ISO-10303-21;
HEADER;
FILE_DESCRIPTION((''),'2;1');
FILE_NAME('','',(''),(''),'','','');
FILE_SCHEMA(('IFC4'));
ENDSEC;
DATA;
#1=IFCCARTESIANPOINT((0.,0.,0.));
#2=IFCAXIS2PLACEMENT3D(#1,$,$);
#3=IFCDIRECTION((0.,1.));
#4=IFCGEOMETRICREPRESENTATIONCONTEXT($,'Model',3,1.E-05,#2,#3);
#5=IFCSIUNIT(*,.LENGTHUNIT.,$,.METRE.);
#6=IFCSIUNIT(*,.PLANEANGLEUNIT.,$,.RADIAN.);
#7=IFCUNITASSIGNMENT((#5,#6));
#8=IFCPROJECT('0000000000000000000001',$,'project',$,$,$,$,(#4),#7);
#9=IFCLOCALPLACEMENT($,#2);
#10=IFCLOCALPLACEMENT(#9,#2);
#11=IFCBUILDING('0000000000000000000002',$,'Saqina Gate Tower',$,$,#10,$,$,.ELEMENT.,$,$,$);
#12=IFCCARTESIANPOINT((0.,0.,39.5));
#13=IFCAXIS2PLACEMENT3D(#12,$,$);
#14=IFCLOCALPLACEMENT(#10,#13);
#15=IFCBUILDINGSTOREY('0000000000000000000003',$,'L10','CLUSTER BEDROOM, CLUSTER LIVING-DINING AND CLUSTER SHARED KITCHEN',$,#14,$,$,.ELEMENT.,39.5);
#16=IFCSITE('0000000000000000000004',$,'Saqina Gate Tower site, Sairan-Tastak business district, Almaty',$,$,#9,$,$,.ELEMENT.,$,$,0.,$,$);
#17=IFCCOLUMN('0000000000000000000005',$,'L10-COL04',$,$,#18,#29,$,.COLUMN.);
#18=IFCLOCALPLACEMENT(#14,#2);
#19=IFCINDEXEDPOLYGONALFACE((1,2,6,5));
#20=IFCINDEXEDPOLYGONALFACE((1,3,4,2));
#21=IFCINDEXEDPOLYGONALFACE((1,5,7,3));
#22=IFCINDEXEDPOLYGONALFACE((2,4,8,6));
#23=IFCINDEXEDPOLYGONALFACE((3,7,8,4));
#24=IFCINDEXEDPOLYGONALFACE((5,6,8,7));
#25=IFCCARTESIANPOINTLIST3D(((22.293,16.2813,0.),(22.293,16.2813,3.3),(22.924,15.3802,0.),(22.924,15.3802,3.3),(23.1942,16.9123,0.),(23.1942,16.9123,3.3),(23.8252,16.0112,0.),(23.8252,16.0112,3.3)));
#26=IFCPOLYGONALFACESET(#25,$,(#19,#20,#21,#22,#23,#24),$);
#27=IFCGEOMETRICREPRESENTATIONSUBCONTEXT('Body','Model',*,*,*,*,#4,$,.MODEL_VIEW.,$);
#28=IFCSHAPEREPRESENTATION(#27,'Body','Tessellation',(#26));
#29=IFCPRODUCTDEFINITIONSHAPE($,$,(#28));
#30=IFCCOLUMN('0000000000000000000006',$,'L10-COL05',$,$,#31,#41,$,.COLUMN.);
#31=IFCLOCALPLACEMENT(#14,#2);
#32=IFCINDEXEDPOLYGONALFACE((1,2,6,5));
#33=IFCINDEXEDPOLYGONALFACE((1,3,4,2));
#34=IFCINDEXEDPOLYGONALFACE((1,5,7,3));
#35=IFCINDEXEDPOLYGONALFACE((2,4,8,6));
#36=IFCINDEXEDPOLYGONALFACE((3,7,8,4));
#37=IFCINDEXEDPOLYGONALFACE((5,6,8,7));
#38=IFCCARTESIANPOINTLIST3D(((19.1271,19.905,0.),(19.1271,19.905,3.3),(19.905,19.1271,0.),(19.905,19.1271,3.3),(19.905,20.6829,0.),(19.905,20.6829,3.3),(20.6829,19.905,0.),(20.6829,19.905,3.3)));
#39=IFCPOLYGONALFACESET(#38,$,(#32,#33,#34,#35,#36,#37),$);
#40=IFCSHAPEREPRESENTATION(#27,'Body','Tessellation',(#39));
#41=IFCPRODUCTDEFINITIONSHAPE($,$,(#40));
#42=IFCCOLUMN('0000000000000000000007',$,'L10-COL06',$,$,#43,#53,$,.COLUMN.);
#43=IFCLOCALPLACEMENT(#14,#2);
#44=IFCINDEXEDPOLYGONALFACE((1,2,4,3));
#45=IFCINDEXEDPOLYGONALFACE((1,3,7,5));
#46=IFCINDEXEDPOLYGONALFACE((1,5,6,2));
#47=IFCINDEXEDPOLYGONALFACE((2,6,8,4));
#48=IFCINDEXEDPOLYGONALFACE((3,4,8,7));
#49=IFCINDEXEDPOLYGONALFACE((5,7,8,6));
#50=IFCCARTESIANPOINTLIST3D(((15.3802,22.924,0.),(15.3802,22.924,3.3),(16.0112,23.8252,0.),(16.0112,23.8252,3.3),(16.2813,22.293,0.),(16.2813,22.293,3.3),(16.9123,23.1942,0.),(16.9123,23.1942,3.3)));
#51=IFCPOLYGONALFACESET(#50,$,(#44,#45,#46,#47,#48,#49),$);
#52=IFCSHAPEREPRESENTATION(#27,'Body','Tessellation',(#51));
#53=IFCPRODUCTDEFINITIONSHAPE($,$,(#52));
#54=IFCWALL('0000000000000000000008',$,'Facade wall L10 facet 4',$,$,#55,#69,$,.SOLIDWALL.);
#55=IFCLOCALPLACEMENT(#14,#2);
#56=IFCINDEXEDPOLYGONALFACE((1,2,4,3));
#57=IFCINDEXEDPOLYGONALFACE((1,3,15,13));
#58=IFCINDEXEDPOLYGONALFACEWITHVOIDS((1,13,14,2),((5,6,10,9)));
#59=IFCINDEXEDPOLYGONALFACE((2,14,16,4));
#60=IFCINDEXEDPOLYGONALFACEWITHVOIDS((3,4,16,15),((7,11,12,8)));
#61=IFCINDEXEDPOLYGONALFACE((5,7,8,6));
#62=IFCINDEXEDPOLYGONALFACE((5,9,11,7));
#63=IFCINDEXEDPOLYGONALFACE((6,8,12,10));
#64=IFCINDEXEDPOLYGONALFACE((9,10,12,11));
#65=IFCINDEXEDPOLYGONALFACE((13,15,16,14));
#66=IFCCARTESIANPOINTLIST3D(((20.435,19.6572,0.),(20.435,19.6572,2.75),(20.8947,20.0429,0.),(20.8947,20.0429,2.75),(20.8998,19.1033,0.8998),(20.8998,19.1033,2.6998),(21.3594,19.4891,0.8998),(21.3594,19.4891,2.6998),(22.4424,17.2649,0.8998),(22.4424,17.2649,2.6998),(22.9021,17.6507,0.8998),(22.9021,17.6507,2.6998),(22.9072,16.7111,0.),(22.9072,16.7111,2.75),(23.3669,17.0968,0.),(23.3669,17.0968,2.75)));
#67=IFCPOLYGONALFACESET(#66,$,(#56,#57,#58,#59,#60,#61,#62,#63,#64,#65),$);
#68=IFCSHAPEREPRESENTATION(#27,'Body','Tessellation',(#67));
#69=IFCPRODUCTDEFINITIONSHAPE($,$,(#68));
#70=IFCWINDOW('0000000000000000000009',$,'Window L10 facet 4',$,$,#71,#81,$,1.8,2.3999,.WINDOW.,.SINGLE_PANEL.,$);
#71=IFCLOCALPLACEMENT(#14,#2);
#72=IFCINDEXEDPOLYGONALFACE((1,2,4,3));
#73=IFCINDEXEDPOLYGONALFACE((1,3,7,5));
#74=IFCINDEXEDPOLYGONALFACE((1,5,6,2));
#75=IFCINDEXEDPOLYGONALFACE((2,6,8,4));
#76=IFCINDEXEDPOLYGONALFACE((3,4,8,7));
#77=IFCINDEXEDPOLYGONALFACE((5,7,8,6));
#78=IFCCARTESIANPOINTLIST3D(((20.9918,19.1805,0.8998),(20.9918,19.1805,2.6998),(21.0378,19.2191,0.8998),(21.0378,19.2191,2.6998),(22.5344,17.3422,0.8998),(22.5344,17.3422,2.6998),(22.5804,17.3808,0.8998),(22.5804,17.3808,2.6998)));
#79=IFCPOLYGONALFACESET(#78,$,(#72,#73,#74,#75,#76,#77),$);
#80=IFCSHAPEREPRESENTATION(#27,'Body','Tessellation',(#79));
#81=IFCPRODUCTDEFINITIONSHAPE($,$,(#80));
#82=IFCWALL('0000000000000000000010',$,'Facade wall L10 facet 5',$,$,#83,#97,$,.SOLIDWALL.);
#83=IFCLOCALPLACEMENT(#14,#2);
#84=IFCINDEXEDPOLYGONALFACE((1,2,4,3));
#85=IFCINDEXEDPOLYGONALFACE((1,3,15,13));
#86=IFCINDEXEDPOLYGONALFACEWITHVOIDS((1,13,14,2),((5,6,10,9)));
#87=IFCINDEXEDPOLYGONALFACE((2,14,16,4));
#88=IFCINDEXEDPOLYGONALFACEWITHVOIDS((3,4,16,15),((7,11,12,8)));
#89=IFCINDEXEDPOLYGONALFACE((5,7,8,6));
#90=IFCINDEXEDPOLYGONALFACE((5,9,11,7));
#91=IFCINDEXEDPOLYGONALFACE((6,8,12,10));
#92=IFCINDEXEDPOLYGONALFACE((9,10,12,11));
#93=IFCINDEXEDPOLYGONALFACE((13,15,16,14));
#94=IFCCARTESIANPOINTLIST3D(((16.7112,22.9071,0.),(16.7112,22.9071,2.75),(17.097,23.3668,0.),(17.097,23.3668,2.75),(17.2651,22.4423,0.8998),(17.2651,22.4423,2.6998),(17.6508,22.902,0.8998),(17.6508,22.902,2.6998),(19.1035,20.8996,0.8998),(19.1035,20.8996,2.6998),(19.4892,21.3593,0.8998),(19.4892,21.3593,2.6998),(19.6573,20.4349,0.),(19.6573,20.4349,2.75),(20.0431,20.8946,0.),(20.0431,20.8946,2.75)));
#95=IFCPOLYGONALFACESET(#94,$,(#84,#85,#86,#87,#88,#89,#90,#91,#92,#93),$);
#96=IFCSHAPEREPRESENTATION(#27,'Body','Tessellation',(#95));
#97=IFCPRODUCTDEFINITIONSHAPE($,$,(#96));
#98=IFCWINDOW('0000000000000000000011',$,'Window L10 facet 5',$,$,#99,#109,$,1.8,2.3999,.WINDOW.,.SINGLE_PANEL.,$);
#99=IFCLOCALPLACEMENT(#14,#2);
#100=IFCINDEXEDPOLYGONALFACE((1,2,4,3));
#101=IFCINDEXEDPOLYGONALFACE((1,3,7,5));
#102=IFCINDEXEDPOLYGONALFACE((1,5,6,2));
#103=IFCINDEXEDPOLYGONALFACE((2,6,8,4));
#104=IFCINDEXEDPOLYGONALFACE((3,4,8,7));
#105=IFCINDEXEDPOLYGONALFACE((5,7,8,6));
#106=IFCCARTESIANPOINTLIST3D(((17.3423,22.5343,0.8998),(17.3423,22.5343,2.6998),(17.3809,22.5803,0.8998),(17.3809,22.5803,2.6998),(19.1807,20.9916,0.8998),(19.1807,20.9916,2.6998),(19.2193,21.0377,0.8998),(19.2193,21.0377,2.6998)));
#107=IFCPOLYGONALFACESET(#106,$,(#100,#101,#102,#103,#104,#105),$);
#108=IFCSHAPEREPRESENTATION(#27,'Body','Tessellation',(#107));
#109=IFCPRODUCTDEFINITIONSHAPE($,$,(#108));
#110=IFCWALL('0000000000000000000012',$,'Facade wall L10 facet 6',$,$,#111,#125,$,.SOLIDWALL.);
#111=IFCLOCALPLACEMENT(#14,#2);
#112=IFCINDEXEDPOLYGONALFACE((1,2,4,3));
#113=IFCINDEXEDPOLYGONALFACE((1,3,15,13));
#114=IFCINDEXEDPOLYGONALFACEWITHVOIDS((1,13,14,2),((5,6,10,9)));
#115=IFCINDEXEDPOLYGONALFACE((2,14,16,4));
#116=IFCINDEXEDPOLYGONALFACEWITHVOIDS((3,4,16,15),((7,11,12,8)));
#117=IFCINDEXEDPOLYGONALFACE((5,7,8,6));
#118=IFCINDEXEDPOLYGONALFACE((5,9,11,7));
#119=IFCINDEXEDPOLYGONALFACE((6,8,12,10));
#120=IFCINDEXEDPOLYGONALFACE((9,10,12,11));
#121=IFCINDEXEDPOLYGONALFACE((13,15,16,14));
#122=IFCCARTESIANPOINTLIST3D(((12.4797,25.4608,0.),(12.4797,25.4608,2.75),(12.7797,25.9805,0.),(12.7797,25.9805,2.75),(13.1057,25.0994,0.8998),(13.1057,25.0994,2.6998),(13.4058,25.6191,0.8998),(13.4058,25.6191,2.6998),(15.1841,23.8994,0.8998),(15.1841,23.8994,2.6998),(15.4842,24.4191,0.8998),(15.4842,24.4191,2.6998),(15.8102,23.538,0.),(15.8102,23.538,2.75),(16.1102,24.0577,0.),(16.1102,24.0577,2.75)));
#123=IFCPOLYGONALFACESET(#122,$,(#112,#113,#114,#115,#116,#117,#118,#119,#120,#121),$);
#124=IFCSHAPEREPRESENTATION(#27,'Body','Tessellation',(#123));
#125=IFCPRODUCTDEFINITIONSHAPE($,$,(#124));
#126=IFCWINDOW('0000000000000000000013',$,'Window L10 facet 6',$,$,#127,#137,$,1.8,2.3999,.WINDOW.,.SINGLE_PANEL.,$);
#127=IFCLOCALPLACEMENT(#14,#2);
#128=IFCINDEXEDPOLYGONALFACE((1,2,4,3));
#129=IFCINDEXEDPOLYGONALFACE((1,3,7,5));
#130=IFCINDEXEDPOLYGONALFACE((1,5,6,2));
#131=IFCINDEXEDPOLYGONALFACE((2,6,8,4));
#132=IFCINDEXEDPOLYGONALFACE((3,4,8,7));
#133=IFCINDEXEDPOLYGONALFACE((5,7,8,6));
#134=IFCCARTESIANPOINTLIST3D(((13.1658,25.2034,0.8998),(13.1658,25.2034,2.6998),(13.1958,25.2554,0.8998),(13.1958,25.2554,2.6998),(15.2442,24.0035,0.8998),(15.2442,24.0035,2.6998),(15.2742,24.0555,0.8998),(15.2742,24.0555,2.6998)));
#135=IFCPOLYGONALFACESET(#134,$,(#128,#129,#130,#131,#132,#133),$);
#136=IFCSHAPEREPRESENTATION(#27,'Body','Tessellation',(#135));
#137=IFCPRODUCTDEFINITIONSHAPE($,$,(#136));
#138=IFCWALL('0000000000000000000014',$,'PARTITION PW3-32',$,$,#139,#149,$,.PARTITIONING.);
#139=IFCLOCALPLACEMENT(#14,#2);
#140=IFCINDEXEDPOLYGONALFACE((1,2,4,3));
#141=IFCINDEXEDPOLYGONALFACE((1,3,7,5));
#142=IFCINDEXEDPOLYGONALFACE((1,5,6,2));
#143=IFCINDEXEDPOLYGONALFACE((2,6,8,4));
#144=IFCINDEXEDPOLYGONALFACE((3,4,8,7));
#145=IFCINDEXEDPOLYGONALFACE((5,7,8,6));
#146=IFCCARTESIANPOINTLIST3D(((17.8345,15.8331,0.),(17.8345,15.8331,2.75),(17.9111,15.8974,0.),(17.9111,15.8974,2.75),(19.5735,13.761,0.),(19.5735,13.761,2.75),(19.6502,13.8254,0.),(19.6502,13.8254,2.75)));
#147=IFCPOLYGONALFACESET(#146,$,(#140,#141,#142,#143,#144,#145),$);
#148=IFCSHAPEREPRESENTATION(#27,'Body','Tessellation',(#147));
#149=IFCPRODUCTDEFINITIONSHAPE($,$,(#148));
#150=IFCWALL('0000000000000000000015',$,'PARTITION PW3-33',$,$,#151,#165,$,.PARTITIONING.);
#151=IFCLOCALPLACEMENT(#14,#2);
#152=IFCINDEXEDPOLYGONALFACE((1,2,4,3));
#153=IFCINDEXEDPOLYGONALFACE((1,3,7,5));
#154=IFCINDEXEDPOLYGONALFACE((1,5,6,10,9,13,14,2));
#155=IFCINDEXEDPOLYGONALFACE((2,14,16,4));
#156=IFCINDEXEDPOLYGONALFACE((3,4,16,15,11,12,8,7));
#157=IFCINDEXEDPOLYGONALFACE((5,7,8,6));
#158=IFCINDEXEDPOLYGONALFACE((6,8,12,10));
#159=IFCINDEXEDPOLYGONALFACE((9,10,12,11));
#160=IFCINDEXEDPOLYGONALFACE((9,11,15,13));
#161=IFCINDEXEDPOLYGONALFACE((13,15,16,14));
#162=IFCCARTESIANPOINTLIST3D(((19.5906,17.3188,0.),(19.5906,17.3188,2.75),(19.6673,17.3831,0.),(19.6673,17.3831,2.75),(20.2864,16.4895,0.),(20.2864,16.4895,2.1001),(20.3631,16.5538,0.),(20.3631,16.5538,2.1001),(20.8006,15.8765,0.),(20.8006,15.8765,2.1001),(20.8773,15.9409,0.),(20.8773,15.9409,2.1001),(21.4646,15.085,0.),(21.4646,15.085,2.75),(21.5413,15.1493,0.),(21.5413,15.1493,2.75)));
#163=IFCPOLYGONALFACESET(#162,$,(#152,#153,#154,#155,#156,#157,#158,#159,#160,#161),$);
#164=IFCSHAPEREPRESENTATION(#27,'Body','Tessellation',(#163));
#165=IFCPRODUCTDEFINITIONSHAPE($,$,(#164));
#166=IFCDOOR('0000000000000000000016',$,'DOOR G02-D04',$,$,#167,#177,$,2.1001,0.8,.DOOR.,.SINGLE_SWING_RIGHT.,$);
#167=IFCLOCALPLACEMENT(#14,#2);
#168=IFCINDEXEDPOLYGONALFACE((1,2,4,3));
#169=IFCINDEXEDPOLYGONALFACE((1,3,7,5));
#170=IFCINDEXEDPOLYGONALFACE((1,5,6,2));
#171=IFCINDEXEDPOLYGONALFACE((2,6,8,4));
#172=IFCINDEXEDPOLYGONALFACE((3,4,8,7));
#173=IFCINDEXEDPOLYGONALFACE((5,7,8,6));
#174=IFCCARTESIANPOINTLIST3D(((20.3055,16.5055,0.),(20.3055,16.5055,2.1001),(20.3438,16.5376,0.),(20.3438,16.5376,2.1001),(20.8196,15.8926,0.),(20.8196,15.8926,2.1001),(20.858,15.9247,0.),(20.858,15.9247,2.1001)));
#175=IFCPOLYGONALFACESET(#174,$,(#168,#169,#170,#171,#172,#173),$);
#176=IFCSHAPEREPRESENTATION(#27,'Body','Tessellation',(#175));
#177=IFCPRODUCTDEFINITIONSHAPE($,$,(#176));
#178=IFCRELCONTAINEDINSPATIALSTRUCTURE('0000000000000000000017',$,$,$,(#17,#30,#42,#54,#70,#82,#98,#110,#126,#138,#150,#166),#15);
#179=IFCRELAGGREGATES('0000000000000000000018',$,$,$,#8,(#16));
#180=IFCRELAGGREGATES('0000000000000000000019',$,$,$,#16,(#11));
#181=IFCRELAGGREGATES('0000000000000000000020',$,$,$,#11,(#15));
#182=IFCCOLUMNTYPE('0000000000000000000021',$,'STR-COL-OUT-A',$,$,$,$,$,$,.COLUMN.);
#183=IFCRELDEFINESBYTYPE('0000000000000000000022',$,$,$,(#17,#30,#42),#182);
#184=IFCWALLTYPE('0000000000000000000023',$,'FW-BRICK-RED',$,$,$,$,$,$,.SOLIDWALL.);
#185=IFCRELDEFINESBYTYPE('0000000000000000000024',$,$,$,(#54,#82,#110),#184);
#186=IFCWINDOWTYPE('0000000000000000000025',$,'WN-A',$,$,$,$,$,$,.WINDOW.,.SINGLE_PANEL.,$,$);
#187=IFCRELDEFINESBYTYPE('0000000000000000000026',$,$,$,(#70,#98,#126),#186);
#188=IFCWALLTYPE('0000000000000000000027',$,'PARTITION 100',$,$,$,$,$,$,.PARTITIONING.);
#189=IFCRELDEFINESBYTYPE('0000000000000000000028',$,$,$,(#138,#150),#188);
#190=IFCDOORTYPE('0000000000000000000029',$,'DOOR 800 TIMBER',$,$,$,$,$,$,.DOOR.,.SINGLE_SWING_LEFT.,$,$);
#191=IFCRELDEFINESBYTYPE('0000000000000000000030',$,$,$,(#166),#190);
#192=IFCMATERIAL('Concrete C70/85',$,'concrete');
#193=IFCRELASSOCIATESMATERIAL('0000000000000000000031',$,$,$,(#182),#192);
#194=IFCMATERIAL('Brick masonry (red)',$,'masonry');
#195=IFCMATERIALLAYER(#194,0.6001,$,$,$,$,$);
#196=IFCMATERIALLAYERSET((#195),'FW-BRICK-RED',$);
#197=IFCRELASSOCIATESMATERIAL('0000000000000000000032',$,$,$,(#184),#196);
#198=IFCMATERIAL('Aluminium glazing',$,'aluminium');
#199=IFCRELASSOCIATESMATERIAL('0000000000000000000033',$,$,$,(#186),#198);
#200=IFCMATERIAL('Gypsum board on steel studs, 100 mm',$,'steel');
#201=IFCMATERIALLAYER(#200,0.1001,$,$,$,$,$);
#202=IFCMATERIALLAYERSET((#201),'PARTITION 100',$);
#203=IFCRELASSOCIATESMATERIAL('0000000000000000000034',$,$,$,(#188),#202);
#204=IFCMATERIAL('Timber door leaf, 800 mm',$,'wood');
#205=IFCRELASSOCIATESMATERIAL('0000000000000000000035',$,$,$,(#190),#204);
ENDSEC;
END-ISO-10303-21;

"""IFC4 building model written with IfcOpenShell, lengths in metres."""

from ifc_helpers import new_model, si_unit, direction, frame, frame_2d, origin, origin_2d, place, context, subcontext, project, spatial, rectangle, extrude, material, layer, layer_set, material_profile, profile_set, type_object, element, fill, save


model = new_model("IFC4")

# Units and contexts
model_context = context("Model", 3, precision=1e-05, world=origin(), true_north=direction((0.0, 1.0)))
body_context = subcontext(model_context, "Body", "Model", "MODEL_VIEW")
ifc_project = project(units=[si_unit("LENGTHUNIT", "METRE"), si_unit("PLANEANGLEUNIT", "RADIAN")], contexts=[model_context])

# Site, building, storey
site_placement = place(None, origin())
site = spatial("IfcSite", under=ifc_project, at=site_placement, Name="Saqina Gate Tower site, Sairan-Tastak business district, Almaty", CompositionType="ELEMENT", RefElevation=0.0)
building_placement = place(site_placement, origin())
building = spatial("IfcBuilding", under=site, at=building_placement, Name="Saqina Gate Tower", CompositionType="ELEMENT")
storey_placement = place(building_placement, frame((0.0, 0.0, 39.5)))
storey = spatial("IfcBuildingStorey", under=building, at=storey_placement, Name="L10", Description="CLUSTER BEDROOM, CLUSTER LIVING-DINING AND CLUSTER SHARED KITCHEN", CompositionType="ELEMENT", Elevation=39.5)

# Columns
ifc_material_1 = material(Name="Concrete C70/85", Category="concrete")
ifc_material_profile = material_profile(ifc_material_1, rectangle(XDim=1.1001, YDim=1.1001, at=origin_2d()), Name="RC 1100x1100")
ifc_profile_set = profile_set([ifc_material_profile], Name="Concrete C70/85")
column_type = type_object("IfcColumnType", Name="STR-COL-OUT-A", PredefinedType="COLUMN", material=ifc_profile_set)
for number, where, z_axis, x_axis, name in (
    (1, (23.0591, 16.1462, 0.0), (0.0, 0.0, 1.0), (0.819152, 0.573576, 0.0), "L10-COL04"),
    (2, (19.905, 19.905, 0.0), (0.0, 0.0, 1.0), (0.707107, 0.707107, 0.0), "L10-COL05"),
    (3, (16.1462, 23.0591, 0.0), (0.0, 0.0, 1.0), (0.573576, 0.819152, 0.0), "L10-COL06"),
):
    element("IfcColumn", number, at=place(storey_placement, frame(where, z_axis=z_axis, x_axis=x_axis)), inside=storey, type_object=column_type, Name=name, PredefinedType="COLUMN", context=body_context, shape_type="SweptSolid", body=[
        extrude(rectangle(XDim=1.1001, YDim=1.1001, at=origin_2d()), origin(), (0.0, 0.0, 1.0), 3.3),
    ])

# Walls, openings, windows
ifc_material_2 = material(Name="Brick masonry (red)", Category="masonry")
ifc_layer_1 = layer(ifc_material_2, 0.6001)
ifc_layer_set_1 = layer_set([ifc_layer_1], Name="FW-BRICK-RED")
wall_type_1 = type_object("IfcWallType", Name="FW-BRICK-RED", PredefinedType="SOLIDWALL", material=ifc_layer_set_1)
wall_1_placement = place(storey_placement, frame((23.137, 16.9041, 0.0), z_axis=(0.0, 0.0, 1.0), x_axis=(-0.642809, 0.766026, 0.0)))
wall_1 = element("IfcWall", 4, at=wall_1_placement, inside=storey, type_object=wall_type_1, Name="Facade wall L10 facet 4", PredefinedType="SOLIDWALL", context=body_context, shape_type="SweptSolid", body=[
    extrude(rectangle(XDim=3.8459, YDim=0.6001, at=frame_2d((1.9229, 0.0))), origin(), (0.0, 0.0, 1.0), 2.75),
])
opening_1_placement = place(wall_1_placement, frame((0.7229, 0.0, 0.8999)))
opening_1 = element("IfcOpeningElement", 5, at=opening_1_placement, cuts=wall_1, PredefinedType="OPENING", context=body_context, shape_type="SweptSolid", body=[
    extrude(rectangle(XDim=2.3999, YDim=1.8, at=frame_2d((1.2, 0.8999))), frame((0.0, 0.312, 0.0), z_axis=(0.0, -1.0, 0.0), x_axis=(1.0, 0.0, 0.0)), (0.0, 0.0, 1.0), 0.624),
])
ifc_material_3 = material(Name="Aluminium glazing", Category="aluminium")
window_type = type_object("IfcWindowType", Name="WN-A", PartitioningType="SINGLE_PANEL", PredefinedType="WINDOW", material=ifc_material_3)
window_1_placement = place(opening_1_placement, origin())
window_1 = element("IfcWindow", 6, at=window_1_placement, inside=storey, type_object=window_type, Name="Window L10 facet 4", OverallHeight=1.8, OverallWidth=2.3999, PartitioningType="SINGLE_PANEL", PredefinedType="WINDOW", context=body_context, shape_type="SweptSolid", body=[
    extrude(rectangle(XDim=2.3999, YDim=1.8, at=frame_2d((1.2, 0.8999))), frame((0.0, 0.1799, 0.0), z_axis=(0.0, -1.0, 0.0), x_axis=(1.0, 0.0, 0.0)), (0.0, 0.0, 1.0), 0.0601),
])
fill(opening_1, window_1)
wall_2_placement = place(storey_placement, frame((19.8501, 20.6648, 0.0), z_axis=(0.0, 0.0, 1.0), x_axis=(-0.766026, 0.642809, 0.0)))
wall_2 = element("IfcWall", 7, at=wall_2_placement, inside=storey, type_object=wall_type_1, Name="Facade wall L10 facet 5", PredefinedType="SOLIDWALL", context=body_context, shape_type="SweptSolid", body=[
    extrude(rectangle(XDim=3.8459, YDim=0.6001, at=frame_2d((1.9229, 0.0))), origin(), (0.0, 0.0, 1.0), 2.75),
])
opening_2_placement = place(wall_2_placement, frame((0.7229, 0.0, 0.8999)))
opening_2 = element("IfcOpeningElement", 8, at=opening_2_placement, cuts=wall_2, PredefinedType="OPENING", context=body_context, shape_type="SweptSolid", body=[
    extrude(rectangle(XDim=2.3999, YDim=1.8, at=frame_2d((1.2, 0.8999))), frame((0.0, 0.312, 0.0), z_axis=(0.0, -1.0, 0.0), x_axis=(1.0, 0.0, 0.0)), (0.0, 0.0, 1.0), 0.624),
])
window_2_placement = place(opening_2_placement, origin())
window_2 = element("IfcWindow", 9, at=window_2_placement, inside=storey, type_object=window_type, Name="Window L10 facet 5", OverallHeight=1.8, OverallWidth=2.3999, PartitioningType="SINGLE_PANEL", PredefinedType="WINDOW", context=body_context, shape_type="SweptSolid", body=[
    extrude(rectangle(XDim=2.3999, YDim=1.8, at=frame_2d((1.2, 0.8999))), frame((0.0, 0.1799, 0.0), z_axis=(0.0, -1.0, 0.0), x_axis=(1.0, 0.0, 0.0)), (0.0, 0.0, 1.0), 0.0601),
])
fill(opening_2, window_2)
wall_3_placement = place(storey_placement, frame((15.9602, 23.7979, 0.0), z_axis=(0.0, 0.0, 1.0), x_axis=(-0.866031, 0.49999, 0.0)))
wall_3 = element("IfcWall", 10, at=wall_3_placement, inside=storey, type_object=wall_type_1, Name="Facade wall L10 facet 6", PredefinedType="SOLIDWALL", context=body_context, shape_type="SweptSolid", body=[
    extrude(rectangle(XDim=3.8457, YDim=0.6001, at=frame_2d((1.9229, 0.0))), origin(), (0.0, 0.0, 1.0), 2.75),
])
opening_3_placement = place(wall_3_placement, frame((0.7229, 0.0, 0.8999)))
opening_3 = element("IfcOpeningElement", 11, at=opening_3_placement, cuts=wall_3, PredefinedType="OPENING", context=body_context, shape_type="SweptSolid", body=[
    extrude(rectangle(XDim=2.3999, YDim=1.8, at=frame_2d((1.2, 0.8999))), frame((0.0, 0.312, 0.0), z_axis=(0.0, -1.0, 0.0), x_axis=(1.0, 0.0, 0.0)), (0.0, 0.0, 1.0), 0.624),
])
window_3_placement = place(opening_3_placement, origin())
window_3 = element("IfcWindow", 12, at=window_3_placement, inside=storey, type_object=window_type, Name="Window L10 facet 6", OverallHeight=1.8, OverallWidth=2.3999, PartitioningType="SINGLE_PANEL", PredefinedType="WINDOW", context=body_context, shape_type="SweptSolid", body=[
    extrude(rectangle(XDim=2.3999, YDim=1.8, at=frame_2d((1.2, 0.8999))), frame((0.0, 0.1799, 0.0), z_axis=(0.0, -1.0, 0.0), x_axis=(1.0, 0.0, 0.0)), (0.0, 0.0, 1.0), 0.0601),
])
fill(opening_3, window_3)

# Wall
ifc_material_4 = material(Name="Gypsum board on steel studs, 100 mm", Category="steel")
ifc_layer_2 = layer(ifc_material_4, 0.1001)
ifc_layer_set_2 = layer_set([ifc_layer_2], Name="PARTITION 100")
wall_type_2 = type_object("IfcWallType", Name="PARTITION 100", PredefinedType="PARTITIONING", material=ifc_layer_set_2)
wall_4_placement = place(storey_placement, frame((17.8728, 15.8652, 0.0), z_axis=(0.0, 0.0, 1.0), x_axis=(0.64287, -0.765975, 0.0)))
element("IfcWall", 13, at=wall_4_placement, inside=storey, type_object=wall_type_2, Name="PARTITION PW3-32", PredefinedType="PARTITIONING", context=body_context, shape_type="SweptSolid", body=[
    extrude(rectangle(XDim=2.7051, YDim=0.1001, at=frame_2d((1.3525, 0.0))), origin(), (0.0, 0.0, 1.0), 2.75),
])

# Wall, opening, door
wall_5_placement = place(storey_placement, frame((19.6289, 17.3511, 0.0), z_axis=(0.0, 0.0, 1.0), x_axis=(0.642701, -0.766117, 0.0)))
wall_5 = element("IfcWall", 14, at=wall_5_placement, inside=storey, type_object=wall_type_2, Name="PARTITION PW3-33", PredefinedType="PARTITIONING", context=body_context, shape_type="SweptSolid", body=[
    extrude(rectangle(XDim=2.9158, YDim=0.1001, at=frame_2d((1.458, 0.0))), origin(), (0.0, 0.0, 1.0), 2.75),
])
opening_4_placement = place(wall_5_placement, frame((1.0828, 0.0, 0.0)))
opening_4 = element("IfcOpeningElement", 15, at=opening_4_placement, cuts=wall_5, PredefinedType="OPENING", context=body_context, shape_type="SweptSolid", body=[
    extrude(rectangle(XDim=0.8, YDim=2.1001, at=frame_2d((0.3999, 1.05))), frame((0.0, 0.062, 0.0), z_axis=(0.0, -1.0, 0.0), x_axis=(1.0, 0.0, 0.0)), (0.0, 0.0, 1.0), 0.124),
])
ifc_material_5 = material(Name="Timber door leaf, 800 mm", Category="wood")
door_type_1 = type_object("IfcDoorType", Name="DOOR 800 TIMBER", OperationType="SINGLE_SWING_LEFT", PredefinedType="DOOR", material=ifc_material_5)
door_1_placement = place(opening_4_placement, origin())
door_1 = element("IfcDoor", 16, at=door_1_placement, inside=storey, type_object=door_type_1, Name="DOOR G02-D04", OperationType="SINGLE_SWING_RIGHT", OverallHeight=2.1001, OverallWidth=0.8, PredefinedType="DOOR", context=body_context, shape_type="SweptSolid", body=[
    extrude(rectangle(XDim=0.8, YDim=2.1001, at=frame_2d((0.3999, 1.05))), frame((0.0, 0.0249, 0.0), z_axis=(0.0, -1.0, 0.0), x_axis=(1.0, 0.0, 0.0)), (0.0, 0.0, 1.0), 0.05),
])
fill(opening_4, door_1)

save(model, "model.ifc")
